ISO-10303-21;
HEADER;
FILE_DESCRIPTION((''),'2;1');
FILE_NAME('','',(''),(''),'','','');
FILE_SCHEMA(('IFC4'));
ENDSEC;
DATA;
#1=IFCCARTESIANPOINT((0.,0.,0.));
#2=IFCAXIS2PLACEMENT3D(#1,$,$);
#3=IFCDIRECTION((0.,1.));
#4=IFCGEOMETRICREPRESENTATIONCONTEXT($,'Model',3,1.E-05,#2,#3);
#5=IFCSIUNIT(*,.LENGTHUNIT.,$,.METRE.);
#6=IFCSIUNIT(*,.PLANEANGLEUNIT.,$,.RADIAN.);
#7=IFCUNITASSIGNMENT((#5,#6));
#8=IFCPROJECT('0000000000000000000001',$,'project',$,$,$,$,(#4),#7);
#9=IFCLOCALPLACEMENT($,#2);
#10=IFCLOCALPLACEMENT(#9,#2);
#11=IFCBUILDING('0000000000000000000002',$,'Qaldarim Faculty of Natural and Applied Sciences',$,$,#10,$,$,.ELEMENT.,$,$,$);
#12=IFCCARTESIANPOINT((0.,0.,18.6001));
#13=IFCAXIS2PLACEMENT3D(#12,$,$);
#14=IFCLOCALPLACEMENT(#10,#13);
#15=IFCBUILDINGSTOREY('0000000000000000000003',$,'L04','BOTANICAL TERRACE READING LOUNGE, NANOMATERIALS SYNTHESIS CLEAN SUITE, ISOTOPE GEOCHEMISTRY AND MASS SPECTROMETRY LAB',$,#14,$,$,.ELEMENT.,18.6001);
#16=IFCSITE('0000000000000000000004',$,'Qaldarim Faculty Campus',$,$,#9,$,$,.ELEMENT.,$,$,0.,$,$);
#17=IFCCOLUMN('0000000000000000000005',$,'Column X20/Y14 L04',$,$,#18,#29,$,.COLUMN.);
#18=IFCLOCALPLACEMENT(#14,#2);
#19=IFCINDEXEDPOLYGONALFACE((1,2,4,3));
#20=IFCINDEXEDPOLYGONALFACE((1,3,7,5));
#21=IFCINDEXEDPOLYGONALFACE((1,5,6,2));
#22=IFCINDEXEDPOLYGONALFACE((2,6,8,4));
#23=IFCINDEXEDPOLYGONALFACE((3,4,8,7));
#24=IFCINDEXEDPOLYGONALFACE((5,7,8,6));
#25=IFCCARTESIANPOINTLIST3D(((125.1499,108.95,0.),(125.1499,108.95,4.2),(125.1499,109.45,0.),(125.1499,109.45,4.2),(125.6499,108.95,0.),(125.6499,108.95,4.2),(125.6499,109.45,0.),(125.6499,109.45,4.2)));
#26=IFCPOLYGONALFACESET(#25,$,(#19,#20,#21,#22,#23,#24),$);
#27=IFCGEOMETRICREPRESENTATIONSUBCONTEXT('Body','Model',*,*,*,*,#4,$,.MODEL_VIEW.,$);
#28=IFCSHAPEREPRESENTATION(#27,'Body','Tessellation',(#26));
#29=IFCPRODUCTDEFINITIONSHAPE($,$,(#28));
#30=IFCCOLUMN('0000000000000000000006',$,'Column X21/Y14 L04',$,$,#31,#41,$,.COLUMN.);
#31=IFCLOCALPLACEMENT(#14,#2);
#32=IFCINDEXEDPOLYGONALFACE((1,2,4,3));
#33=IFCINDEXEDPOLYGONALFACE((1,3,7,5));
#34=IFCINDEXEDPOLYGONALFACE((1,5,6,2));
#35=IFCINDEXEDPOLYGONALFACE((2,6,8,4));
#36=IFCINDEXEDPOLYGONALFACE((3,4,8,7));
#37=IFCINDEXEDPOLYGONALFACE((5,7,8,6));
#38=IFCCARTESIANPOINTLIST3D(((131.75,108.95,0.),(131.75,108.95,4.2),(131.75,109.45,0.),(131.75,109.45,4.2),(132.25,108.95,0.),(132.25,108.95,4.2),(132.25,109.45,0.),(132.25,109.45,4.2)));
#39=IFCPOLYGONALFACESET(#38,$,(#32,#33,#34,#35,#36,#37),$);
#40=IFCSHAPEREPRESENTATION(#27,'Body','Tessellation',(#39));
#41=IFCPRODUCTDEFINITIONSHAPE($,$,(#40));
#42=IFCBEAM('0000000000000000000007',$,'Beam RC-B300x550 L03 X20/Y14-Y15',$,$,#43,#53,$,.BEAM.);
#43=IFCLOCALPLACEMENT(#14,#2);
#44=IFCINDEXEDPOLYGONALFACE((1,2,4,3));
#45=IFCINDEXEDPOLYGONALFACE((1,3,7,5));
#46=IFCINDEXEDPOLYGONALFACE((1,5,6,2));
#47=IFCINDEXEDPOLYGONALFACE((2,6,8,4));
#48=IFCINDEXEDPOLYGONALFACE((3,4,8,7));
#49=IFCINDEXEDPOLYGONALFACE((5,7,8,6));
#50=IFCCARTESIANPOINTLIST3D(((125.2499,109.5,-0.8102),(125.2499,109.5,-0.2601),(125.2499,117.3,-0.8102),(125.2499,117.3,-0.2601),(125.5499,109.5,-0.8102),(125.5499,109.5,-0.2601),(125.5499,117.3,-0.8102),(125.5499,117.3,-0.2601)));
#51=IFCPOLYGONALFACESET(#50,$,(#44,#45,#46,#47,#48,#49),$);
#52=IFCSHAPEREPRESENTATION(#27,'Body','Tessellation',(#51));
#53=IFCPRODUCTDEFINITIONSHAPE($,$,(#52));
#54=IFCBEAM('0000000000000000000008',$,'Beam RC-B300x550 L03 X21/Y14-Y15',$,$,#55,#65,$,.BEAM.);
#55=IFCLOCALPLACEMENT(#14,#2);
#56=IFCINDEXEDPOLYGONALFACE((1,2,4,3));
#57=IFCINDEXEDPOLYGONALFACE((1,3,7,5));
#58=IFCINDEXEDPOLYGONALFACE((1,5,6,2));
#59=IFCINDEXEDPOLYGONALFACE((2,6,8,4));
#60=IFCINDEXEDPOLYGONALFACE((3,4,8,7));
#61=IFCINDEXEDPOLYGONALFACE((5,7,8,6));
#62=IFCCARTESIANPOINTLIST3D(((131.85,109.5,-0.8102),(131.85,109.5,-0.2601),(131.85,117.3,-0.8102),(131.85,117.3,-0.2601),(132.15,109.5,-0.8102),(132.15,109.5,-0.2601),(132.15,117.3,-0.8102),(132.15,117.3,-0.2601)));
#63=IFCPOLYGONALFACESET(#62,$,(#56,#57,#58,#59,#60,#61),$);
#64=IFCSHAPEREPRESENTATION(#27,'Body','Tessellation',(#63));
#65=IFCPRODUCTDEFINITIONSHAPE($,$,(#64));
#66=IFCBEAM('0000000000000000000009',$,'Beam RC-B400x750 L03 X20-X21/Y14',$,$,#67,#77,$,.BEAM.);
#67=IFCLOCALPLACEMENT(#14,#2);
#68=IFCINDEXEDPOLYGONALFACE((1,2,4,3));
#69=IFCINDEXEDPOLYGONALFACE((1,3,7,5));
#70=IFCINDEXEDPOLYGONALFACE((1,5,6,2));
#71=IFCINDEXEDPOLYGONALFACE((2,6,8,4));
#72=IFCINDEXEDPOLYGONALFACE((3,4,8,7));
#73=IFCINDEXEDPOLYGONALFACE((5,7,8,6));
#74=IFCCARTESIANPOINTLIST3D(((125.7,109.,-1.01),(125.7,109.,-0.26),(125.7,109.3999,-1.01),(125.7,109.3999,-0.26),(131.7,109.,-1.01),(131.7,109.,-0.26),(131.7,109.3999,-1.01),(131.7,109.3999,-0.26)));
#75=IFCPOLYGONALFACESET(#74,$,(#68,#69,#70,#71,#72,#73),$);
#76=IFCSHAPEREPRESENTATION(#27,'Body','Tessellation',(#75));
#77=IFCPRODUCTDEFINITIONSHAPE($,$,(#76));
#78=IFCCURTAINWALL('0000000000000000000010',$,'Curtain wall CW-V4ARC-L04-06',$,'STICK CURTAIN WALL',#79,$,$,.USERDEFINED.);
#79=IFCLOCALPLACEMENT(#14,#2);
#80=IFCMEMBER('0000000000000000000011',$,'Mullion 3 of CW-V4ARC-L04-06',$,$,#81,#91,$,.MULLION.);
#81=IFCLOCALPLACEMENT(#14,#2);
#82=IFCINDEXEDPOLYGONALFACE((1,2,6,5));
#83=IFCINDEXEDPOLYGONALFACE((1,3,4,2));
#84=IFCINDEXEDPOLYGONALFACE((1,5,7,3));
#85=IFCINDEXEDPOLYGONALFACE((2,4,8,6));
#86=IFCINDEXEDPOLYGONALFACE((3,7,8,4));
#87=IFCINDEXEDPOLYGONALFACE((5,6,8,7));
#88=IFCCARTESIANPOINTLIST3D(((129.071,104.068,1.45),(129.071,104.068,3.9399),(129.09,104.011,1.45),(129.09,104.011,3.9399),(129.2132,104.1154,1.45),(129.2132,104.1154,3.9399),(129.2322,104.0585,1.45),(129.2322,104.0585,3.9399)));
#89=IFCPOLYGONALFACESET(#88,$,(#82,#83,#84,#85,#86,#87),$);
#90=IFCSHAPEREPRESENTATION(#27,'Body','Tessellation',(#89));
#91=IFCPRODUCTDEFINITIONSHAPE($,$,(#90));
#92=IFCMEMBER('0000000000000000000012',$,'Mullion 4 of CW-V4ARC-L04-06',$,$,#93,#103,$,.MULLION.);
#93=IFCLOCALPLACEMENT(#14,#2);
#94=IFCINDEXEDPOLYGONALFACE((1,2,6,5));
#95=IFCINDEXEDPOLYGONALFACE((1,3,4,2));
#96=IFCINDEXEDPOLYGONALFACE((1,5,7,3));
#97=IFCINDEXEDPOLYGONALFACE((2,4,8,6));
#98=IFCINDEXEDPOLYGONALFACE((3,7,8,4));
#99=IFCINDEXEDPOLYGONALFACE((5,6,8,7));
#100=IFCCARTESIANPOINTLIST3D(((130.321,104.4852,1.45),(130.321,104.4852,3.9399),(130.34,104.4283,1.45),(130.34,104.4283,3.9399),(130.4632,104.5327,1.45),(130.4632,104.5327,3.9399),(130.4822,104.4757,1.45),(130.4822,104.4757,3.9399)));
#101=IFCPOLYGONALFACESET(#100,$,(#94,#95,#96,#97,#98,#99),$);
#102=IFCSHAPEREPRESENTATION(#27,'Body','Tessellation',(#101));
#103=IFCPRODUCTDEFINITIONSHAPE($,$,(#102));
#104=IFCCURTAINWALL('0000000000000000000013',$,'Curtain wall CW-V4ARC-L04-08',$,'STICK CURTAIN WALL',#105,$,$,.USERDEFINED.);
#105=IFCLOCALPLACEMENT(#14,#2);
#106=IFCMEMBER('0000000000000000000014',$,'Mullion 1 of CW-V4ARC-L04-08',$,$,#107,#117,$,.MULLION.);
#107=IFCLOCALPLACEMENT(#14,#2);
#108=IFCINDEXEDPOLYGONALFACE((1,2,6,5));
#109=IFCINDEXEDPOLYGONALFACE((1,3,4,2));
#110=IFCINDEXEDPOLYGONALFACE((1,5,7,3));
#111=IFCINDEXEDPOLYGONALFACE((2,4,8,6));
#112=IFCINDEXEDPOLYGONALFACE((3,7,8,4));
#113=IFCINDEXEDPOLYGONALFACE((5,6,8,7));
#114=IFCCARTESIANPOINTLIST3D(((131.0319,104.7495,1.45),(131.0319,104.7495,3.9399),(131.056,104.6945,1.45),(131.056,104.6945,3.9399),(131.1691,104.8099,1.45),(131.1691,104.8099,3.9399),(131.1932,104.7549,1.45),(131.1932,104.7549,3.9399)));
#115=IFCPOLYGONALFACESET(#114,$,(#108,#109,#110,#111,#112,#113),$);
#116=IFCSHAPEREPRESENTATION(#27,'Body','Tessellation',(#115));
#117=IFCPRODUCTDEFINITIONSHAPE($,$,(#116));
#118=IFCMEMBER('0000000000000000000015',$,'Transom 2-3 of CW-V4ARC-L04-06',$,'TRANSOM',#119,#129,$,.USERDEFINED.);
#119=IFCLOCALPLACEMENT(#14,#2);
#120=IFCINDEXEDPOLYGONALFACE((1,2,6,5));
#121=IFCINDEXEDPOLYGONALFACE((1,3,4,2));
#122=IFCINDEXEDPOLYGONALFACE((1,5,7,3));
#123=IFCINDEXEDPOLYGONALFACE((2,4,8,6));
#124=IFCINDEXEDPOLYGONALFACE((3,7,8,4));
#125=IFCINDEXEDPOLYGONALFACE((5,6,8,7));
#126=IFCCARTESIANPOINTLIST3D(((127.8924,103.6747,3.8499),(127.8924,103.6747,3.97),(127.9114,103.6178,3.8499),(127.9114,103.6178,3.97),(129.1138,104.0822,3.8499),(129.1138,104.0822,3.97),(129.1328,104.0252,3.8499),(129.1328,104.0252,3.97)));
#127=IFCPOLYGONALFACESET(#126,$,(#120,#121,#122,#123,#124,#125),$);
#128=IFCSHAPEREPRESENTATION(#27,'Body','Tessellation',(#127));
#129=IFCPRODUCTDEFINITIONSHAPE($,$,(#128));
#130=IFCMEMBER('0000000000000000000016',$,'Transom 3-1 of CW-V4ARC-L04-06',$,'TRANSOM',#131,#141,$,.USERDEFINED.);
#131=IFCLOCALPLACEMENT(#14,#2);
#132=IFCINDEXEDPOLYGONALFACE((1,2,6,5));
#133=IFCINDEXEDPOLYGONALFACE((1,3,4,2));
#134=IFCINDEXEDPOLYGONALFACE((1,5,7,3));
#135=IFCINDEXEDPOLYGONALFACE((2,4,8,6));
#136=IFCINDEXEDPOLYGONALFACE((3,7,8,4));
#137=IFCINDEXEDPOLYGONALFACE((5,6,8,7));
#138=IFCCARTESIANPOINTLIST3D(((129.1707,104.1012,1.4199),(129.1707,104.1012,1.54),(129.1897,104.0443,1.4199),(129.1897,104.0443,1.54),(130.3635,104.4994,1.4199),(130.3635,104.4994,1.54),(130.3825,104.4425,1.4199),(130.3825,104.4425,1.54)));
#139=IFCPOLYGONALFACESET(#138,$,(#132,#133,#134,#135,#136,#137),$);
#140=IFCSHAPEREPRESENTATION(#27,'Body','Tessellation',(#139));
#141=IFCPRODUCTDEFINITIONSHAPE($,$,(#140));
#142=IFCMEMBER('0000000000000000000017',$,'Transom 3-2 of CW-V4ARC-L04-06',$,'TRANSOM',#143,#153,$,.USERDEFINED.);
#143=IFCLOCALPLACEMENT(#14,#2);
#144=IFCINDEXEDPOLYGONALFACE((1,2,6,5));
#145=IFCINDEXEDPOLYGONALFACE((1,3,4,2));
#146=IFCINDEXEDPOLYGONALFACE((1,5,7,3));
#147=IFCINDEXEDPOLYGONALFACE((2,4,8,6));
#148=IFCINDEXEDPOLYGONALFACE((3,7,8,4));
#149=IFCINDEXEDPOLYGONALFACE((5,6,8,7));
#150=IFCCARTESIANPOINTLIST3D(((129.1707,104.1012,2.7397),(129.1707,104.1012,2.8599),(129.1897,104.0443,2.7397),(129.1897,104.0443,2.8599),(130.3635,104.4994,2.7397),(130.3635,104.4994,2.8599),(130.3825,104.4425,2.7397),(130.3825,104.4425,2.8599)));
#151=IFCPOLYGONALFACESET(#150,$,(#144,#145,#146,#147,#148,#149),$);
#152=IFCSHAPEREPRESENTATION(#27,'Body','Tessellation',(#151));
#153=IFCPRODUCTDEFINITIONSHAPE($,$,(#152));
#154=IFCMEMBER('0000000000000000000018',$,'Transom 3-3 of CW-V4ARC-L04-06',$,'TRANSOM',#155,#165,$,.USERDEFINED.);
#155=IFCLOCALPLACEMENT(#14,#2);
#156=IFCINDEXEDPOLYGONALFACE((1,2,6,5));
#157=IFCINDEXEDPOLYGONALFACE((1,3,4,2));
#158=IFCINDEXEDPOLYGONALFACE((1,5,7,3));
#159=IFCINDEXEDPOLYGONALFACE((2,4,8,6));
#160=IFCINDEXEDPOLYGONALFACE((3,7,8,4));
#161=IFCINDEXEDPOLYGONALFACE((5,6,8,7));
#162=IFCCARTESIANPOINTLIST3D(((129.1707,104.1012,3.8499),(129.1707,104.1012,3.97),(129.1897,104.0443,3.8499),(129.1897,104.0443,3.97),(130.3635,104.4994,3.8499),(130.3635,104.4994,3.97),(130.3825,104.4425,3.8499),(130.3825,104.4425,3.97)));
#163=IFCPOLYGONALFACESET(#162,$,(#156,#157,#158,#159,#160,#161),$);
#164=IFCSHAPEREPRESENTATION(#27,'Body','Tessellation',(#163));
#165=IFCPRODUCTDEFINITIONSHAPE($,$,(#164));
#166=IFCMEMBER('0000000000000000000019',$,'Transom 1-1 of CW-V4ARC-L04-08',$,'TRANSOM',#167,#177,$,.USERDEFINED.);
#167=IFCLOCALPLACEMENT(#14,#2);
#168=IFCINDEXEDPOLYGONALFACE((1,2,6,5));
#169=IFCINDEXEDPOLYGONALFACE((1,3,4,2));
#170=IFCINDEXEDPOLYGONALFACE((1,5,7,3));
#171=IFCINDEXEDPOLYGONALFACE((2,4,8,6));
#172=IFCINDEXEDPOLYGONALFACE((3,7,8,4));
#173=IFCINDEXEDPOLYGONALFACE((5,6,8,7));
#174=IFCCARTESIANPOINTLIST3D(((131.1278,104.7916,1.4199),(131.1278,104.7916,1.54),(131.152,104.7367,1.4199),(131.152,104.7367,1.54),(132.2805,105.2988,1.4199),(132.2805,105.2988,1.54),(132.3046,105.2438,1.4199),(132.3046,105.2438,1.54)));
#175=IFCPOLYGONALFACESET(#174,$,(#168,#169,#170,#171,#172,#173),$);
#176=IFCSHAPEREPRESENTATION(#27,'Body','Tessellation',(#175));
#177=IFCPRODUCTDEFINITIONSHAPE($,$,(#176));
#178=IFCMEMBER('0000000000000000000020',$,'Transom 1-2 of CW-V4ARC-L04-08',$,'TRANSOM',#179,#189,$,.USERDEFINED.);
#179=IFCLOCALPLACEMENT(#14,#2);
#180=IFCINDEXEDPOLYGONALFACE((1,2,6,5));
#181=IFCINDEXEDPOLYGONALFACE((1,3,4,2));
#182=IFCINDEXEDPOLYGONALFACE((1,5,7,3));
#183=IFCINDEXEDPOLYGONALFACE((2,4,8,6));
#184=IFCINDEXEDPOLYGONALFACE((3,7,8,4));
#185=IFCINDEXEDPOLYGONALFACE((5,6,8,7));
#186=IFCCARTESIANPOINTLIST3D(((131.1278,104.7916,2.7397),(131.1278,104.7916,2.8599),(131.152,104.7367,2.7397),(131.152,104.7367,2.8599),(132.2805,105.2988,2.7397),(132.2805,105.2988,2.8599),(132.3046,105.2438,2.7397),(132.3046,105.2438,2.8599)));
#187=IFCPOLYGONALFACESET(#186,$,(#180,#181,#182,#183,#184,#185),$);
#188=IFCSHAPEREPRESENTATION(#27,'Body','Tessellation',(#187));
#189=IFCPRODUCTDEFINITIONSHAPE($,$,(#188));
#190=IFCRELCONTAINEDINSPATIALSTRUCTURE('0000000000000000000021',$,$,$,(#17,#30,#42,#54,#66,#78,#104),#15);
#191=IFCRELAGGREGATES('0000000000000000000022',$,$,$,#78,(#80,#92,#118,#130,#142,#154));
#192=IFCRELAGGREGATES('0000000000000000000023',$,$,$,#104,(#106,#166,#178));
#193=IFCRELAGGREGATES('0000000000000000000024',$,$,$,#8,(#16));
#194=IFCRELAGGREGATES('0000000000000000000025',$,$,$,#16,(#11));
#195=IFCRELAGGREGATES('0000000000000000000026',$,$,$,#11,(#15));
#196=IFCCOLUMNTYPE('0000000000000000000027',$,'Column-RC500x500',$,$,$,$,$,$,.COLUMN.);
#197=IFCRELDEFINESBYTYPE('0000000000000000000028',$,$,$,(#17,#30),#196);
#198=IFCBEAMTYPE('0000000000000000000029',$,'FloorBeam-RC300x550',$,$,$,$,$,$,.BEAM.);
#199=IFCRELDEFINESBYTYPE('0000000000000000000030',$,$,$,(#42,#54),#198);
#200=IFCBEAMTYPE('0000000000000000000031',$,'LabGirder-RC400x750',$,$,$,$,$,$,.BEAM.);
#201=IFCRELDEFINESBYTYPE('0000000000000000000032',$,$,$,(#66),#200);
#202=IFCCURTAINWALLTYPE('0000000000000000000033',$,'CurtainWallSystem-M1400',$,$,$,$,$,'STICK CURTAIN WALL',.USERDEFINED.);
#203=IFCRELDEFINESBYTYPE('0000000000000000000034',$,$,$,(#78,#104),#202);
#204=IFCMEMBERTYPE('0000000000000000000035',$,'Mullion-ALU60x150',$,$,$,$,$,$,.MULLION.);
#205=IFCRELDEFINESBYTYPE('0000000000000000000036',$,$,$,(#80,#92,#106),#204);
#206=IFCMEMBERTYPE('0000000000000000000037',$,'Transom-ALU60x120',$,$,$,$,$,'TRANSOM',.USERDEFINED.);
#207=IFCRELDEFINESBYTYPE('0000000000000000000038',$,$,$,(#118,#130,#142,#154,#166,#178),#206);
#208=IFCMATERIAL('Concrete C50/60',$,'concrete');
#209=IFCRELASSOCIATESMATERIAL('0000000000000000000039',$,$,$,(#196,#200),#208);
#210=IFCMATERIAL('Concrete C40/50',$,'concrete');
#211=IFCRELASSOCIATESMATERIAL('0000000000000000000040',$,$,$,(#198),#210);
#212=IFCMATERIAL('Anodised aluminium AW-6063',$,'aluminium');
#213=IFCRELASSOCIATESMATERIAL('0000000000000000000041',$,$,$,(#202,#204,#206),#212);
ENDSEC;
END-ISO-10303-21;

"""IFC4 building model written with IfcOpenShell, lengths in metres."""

from ifc_helpers import new_model, si_unit, direction, frame, origin, origin_2d, place, context, subcontext, project, spatial, rectangle, extrude, material, material_profile, profile_set, type_object, element, aggregate, save


model = new_model("IFC4")

# Units and contexts
model_context = context("Model", 3, precision=1e-05, world=origin(), true_north=direction((0.0, 1.0)))
body_context = subcontext(model_context, "Body", "Model", "MODEL_VIEW")
ifc_project = project(units=[si_unit("LENGTHUNIT", "METRE"), si_unit("PLANEANGLEUNIT", "RADIAN")], contexts=[model_context])

# Site, building, storey
site_placement = place(None, origin())
site = spatial("IfcSite", under=ifc_project, at=site_placement, Name="Qaldarim Faculty Campus", CompositionType="ELEMENT", RefElevation=0.0)
building_placement = place(site_placement, origin())
building = spatial("IfcBuilding", under=site, at=building_placement, Name="Qaldarim Faculty of Natural and Applied Sciences", CompositionType="ELEMENT")
storey_placement = place(building_placement, frame((0.0, 0.0, 18.6001)))
storey = spatial("IfcBuildingStorey", under=building, at=storey_placement, Name="L04", Description="BOTANICAL TERRACE READING LOUNGE, NANOMATERIALS SYNTHESIS CLEAN SUITE, ISOTOPE GEOCHEMISTRY AND MASS SPECTROMETRY LAB", CompositionType="ELEMENT", Elevation=18.6001)

# Columns
ifc_material_1 = material(Name="Concrete C50/60", Category="concrete")
ifc_material_profile_1 = material_profile(ifc_material_1, rectangle(XDim=0.5, YDim=0.5, at=origin_2d()), Name="RC-C500x500")
ifc_profile_set_1 = profile_set([ifc_material_profile_1], Name="Concrete C50/60")
column_type = type_object("IfcColumnType", Name="Column-RC500x500", PredefinedType="COLUMN", material=ifc_profile_set_1)
for number, where, z_axis, x_axis, name in (
    (1, (125.3999, 109.2, 0.0), (0.0, 0.0, 1.0), (1.0, 0.0, 0.0), "Column X20/Y14 L04"),
    (2, (132.0, 109.2, 0.0), (0.0, 0.0, 1.0), (1.0, 0.0, 0.0), "Column X21/Y14 L04"),
):
    element("IfcColumn", number, at=place(storey_placement, frame(where, z_axis=z_axis, x_axis=x_axis)), inside=storey, type_object=column_type, Name=name, PredefinedType="COLUMN", context=body_context, shape_type="SweptSolid", body=[
        extrude(rectangle(XDim=0.5, YDim=0.5, at=origin_2d()), origin(), (0.0, 0.0, 1.0), 4.2),
    ])

# Beams
ifc_material_2 = material(Name="Concrete C40/50", Category="concrete")
ifc_material_profile_2 = material_profile(ifc_material_2, rectangle(XDim=0.3, YDim=0.55, at=origin_2d()), Name="RC-B300x550")
ifc_profile_set_2 = profile_set([ifc_material_profile_2], Name="Concrete C40/50")
beam_type_1 = type_object("IfcBeamType", Name="FloorBeam-RC300x550", PredefinedType="BEAM", material=ifc_profile_set_2)
for number, where, z_axis, x_axis, name in (
    (3, (125.3999, 109.5, -0.5352), (0.0, 1.0, 0.0), (-1.0, 0.0, 0.0), "Beam RC-B300x550 L03 X20/Y14-Y15"),
    (4, (132.0, 109.5, -0.5352), (0.0, 1.0, 0.0), (-1.0, 0.0, 0.0), "Beam RC-B300x550 L03 X21/Y14-Y15"),
):
    element("IfcBeam", number, at=place(storey_placement, frame(where, z_axis=z_axis, x_axis=x_axis)), inside=storey, type_object=beam_type_1, Name=name, PredefinedType="BEAM", context=body_context, shape_type="SweptSolid", body=[
        extrude(rectangle(XDim=0.3, YDim=0.55, at=origin_2d()), origin(), (0.0, 0.0, 1.0), 7.8),
    ])
ifc_material_profile_3 = material_profile(ifc_material_1, rectangle(XDim=0.3999, YDim=0.75, at=origin_2d()), Name="RC-B400x750")
ifc_profile_set_3 = profile_set([ifc_material_profile_3], Name="Concrete C50/60")
beam_type_2 = type_object("IfcBeamType", Name="LabGirder-RC400x750", PredefinedType="BEAM", material=ifc_profile_set_3)
beam_placement = place(storey_placement, frame((125.7, 109.2, -0.635), z_axis=(1.0, 0.0, 0.0), x_axis=(0.0, 1.0, 0.0)))
element("IfcBeam", 5, at=beam_placement, inside=storey, type_object=beam_type_2, Name="Beam RC-B400x750 L03 X20-X21/Y14", PredefinedType="BEAM", context=body_context, shape_type="SweptSolid", body=[
    extrude(rectangle(XDim=0.3999, YDim=0.75, at=origin_2d()), origin(), (0.0, 0.0, 1.0), 6.0),
])

# Curtain wall, members
ifc_material_3 = material(Name="Anodised aluminium AW-6063", Category="aluminium")
curtain_wall_type = type_object("IfcCurtainWallType", Name="CurtainWallSystem-M1400", ElementType="STICK CURTAIN WALL", PredefinedType="USERDEFINED", material=ifc_material_3)
curtain_wall_1_placement = place(storey_placement, origin())
curtain_wall_1 = element("IfcCurtainWall", 6, at=curtain_wall_1_placement, inside=storey, type_object=curtain_wall_type, Name="Curtain wall CW-V4ARC-L04-06", ObjectType="STICK CURTAIN WALL", PredefinedType="USERDEFINED")
ifc_material_profile_4 = material_profile(ifc_material_3, rectangle(XDim=0.0601, YDim=0.1499, at=origin_2d()), Name="ALU-M60x150")
ifc_profile_set_4 = profile_set([ifc_material_profile_4], Name="Anodised aluminium AW-6063")
member_type_1 = type_object("IfcMemberType", Name="Mullion-ALU60x150", PredefinedType="MULLION", material=ifc_profile_set_4)
member_1_placement = place(storey_placement, frame((129.1516, 104.0632, 1.45), z_axis=(0.0, 0.0, 1.0), x_axis=(-0.316593, 0.948562, 0.0)))
member_1 = element("IfcMember", 7, at=member_1_placement, type_object=member_type_1, Name="Mullion 3 of CW-V4ARC-L04-06", PredefinedType="MULLION", context=body_context, shape_type="SweptSolid", body=[
    extrude(rectangle(XDim=0.0601, YDim=0.1499, at=origin_2d()), origin(), (0.0, 0.0, 1.0), 2.49),
])
member_2_placement = place(storey_placement, frame((130.4016, 104.4805, 1.45), z_axis=(0.0, 0.0, 1.0), x_axis=(-0.316593, 0.948562, 0.0)))
member_2 = element("IfcMember", 8, at=member_2_placement, type_object=member_type_1, Name="Mullion 4 of CW-V4ARC-L04-06", PredefinedType="MULLION", context=body_context, shape_type="SweptSolid", body=[
    extrude(rectangle(XDim=0.0601, YDim=0.1499, at=origin_2d()), origin(), (0.0, 0.0, 1.0), 2.49),
])

# Curtain wall, member
curtain_wall_2_placement = place(storey_placement, origin())
curtain_wall_2 = element("IfcCurtainWall", 9, at=curtain_wall_2_placement, inside=storey, type_object=curtain_wall_type, Name="Curtain wall CW-V4ARC-L04-08", ObjectType="STICK CURTAIN WALL", PredefinedType="USERDEFINED")
member_3_placement = place(storey_placement, frame((131.1125, 104.7522, 1.45), z_axis=(0.0, 0.0, 1.0), x_axis=(-0.402699, 0.915333, 0.0)))
member_3 = element("IfcMember", 10, at=member_3_placement, type_object=member_type_1, Name="Mullion 1 of CW-V4ARC-L04-08", PredefinedType="MULLION", context=body_context, shape_type="SweptSolid", body=[
    extrude(rectangle(XDim=0.0601, YDim=0.1499, at=origin_2d()), origin(), (0.0, 0.0, 1.0), 2.49),
])

# Members
ifc_material_profile_5 = material_profile(ifc_material_3, rectangle(XDim=0.0601, YDim=0.1201, at=origin_2d()), Name="ALU-T60x120")
ifc_profile_set_5 = profile_set([ifc_material_profile_5], Name="Anodised aluminium AW-6063")
member_type_2 = type_object("IfcMemberType", Name="Transom-ALU60x120", ElementType="TRANSOM", PredefinedType="USERDEFINED", material=ifc_profile_set_5)
member_4_placement = place(storey_placement, frame((127.9019, 103.6462, 3.9099), z_axis=(0.948607, 0.316455, 0.0), x_axis=(-0.316455, 0.948607, 0.0)))
member_4 = element("IfcMember", 11, at=member_4_placement, type_object=member_type_2, Name="Transom 2-3 of CW-V4ARC-L04-06", ObjectType="TRANSOM", PredefinedType="USERDEFINED", context=body_context, shape_type="SweptSolid", body=[
    extrude(rectangle(XDim=0.0601, YDim=0.1201, at=origin_2d()), origin(), (0.0, 0.0, 1.0), 1.2876),
])
member_5_placement = place(storey_placement, frame((129.1802, 104.0728, 1.48), z_axis=(0.948547, 0.316635, 0.0), x_axis=(-0.316635, 0.948547, 0.0)))
member_5 = element("IfcMember", 12, at=member_5_placement, type_object=member_type_2, Name="Transom 3-1 of CW-V4ARC-L04-06", ObjectType="TRANSOM", PredefinedType="USERDEFINED", context=body_context, shape_type="SweptSolid", body=[
    extrude(rectangle(XDim=0.0601, YDim=0.1201, at=origin_2d()), origin(), (0.0, 0.0, 1.0), 1.2576),
])
member_6_placement = place(storey_placement, frame((129.1802, 104.0728, 2.7998), z_axis=(0.948547, 0.316635, 0.0), x_axis=(-0.316635, 0.948547, 0.0)))
member_6 = element("IfcMember", 13, at=member_6_placement, type_object=member_type_2, Name="Transom 3-2 of CW-V4ARC-L04-06", ObjectType="TRANSOM", PredefinedType="USERDEFINED", context=body_context, shape_type="SweptSolid", body=[
    extrude(rectangle(XDim=0.0601, YDim=0.1201, at=origin_2d()), origin(), (0.0, 0.0, 1.0), 1.2576),
])
member_7_placement = place(storey_placement, frame((129.1802, 104.0728, 3.9099), z_axis=(0.948547, 0.316635, 0.0), x_axis=(-0.316635, 0.948547, 0.0)))
member_7 = element("IfcMember", 14, at=member_7_placement, type_object=member_type_2, Name="Transom 3-3 of CW-V4ARC-L04-06", ObjectType="TRANSOM", PredefinedType="USERDEFINED", context=body_context, shape_type="SweptSolid", body=[
    extrude(rectangle(XDim=0.0601, YDim=0.1201, at=origin_2d()), origin(), (0.0, 0.0, 1.0), 1.2576),
])
member_8_placement = place(storey_placement, frame((131.1399, 104.7642, 1.48), z_axis=(0.915332, 0.4027, 0.0), x_axis=(-0.4027, 0.915332, 0.0)))
member_8 = element("IfcMember", 15, at=member_8_placement, type_object=member_type_2, Name="Transom 1-1 of CW-V4ARC-L04-08", ObjectType="TRANSOM", PredefinedType="USERDEFINED", context=body_context, shape_type="SweptSolid", body=[
    extrude(rectangle(XDim=0.0601, YDim=0.1201, at=origin_2d()), origin(), (0.0, 0.0, 1.0), 1.2593),
])
member_9_placement = place(storey_placement, frame((131.1399, 104.7642, 2.7998), z_axis=(0.915332, 0.4027, 0.0), x_axis=(-0.4027, 0.915332, 0.0)))
member_9 = element("IfcMember", 16, at=member_9_placement, type_object=member_type_2, Name="Transom 1-2 of CW-V4ARC-L04-08", ObjectType="TRANSOM", PredefinedType="USERDEFINED", context=body_context, shape_type="SweptSolid", body=[
    extrude(rectangle(XDim=0.0601, YDim=0.1201, at=origin_2d()), origin(), (0.0, 0.0, 1.0), 1.2593),
])

aggregate(curtain_wall_1, [member_1, member_2, member_4, member_5, member_6, member_7])
aggregate(curtain_wall_2, [member_3, member_8, member_9])

save(model, "model.ifc")
